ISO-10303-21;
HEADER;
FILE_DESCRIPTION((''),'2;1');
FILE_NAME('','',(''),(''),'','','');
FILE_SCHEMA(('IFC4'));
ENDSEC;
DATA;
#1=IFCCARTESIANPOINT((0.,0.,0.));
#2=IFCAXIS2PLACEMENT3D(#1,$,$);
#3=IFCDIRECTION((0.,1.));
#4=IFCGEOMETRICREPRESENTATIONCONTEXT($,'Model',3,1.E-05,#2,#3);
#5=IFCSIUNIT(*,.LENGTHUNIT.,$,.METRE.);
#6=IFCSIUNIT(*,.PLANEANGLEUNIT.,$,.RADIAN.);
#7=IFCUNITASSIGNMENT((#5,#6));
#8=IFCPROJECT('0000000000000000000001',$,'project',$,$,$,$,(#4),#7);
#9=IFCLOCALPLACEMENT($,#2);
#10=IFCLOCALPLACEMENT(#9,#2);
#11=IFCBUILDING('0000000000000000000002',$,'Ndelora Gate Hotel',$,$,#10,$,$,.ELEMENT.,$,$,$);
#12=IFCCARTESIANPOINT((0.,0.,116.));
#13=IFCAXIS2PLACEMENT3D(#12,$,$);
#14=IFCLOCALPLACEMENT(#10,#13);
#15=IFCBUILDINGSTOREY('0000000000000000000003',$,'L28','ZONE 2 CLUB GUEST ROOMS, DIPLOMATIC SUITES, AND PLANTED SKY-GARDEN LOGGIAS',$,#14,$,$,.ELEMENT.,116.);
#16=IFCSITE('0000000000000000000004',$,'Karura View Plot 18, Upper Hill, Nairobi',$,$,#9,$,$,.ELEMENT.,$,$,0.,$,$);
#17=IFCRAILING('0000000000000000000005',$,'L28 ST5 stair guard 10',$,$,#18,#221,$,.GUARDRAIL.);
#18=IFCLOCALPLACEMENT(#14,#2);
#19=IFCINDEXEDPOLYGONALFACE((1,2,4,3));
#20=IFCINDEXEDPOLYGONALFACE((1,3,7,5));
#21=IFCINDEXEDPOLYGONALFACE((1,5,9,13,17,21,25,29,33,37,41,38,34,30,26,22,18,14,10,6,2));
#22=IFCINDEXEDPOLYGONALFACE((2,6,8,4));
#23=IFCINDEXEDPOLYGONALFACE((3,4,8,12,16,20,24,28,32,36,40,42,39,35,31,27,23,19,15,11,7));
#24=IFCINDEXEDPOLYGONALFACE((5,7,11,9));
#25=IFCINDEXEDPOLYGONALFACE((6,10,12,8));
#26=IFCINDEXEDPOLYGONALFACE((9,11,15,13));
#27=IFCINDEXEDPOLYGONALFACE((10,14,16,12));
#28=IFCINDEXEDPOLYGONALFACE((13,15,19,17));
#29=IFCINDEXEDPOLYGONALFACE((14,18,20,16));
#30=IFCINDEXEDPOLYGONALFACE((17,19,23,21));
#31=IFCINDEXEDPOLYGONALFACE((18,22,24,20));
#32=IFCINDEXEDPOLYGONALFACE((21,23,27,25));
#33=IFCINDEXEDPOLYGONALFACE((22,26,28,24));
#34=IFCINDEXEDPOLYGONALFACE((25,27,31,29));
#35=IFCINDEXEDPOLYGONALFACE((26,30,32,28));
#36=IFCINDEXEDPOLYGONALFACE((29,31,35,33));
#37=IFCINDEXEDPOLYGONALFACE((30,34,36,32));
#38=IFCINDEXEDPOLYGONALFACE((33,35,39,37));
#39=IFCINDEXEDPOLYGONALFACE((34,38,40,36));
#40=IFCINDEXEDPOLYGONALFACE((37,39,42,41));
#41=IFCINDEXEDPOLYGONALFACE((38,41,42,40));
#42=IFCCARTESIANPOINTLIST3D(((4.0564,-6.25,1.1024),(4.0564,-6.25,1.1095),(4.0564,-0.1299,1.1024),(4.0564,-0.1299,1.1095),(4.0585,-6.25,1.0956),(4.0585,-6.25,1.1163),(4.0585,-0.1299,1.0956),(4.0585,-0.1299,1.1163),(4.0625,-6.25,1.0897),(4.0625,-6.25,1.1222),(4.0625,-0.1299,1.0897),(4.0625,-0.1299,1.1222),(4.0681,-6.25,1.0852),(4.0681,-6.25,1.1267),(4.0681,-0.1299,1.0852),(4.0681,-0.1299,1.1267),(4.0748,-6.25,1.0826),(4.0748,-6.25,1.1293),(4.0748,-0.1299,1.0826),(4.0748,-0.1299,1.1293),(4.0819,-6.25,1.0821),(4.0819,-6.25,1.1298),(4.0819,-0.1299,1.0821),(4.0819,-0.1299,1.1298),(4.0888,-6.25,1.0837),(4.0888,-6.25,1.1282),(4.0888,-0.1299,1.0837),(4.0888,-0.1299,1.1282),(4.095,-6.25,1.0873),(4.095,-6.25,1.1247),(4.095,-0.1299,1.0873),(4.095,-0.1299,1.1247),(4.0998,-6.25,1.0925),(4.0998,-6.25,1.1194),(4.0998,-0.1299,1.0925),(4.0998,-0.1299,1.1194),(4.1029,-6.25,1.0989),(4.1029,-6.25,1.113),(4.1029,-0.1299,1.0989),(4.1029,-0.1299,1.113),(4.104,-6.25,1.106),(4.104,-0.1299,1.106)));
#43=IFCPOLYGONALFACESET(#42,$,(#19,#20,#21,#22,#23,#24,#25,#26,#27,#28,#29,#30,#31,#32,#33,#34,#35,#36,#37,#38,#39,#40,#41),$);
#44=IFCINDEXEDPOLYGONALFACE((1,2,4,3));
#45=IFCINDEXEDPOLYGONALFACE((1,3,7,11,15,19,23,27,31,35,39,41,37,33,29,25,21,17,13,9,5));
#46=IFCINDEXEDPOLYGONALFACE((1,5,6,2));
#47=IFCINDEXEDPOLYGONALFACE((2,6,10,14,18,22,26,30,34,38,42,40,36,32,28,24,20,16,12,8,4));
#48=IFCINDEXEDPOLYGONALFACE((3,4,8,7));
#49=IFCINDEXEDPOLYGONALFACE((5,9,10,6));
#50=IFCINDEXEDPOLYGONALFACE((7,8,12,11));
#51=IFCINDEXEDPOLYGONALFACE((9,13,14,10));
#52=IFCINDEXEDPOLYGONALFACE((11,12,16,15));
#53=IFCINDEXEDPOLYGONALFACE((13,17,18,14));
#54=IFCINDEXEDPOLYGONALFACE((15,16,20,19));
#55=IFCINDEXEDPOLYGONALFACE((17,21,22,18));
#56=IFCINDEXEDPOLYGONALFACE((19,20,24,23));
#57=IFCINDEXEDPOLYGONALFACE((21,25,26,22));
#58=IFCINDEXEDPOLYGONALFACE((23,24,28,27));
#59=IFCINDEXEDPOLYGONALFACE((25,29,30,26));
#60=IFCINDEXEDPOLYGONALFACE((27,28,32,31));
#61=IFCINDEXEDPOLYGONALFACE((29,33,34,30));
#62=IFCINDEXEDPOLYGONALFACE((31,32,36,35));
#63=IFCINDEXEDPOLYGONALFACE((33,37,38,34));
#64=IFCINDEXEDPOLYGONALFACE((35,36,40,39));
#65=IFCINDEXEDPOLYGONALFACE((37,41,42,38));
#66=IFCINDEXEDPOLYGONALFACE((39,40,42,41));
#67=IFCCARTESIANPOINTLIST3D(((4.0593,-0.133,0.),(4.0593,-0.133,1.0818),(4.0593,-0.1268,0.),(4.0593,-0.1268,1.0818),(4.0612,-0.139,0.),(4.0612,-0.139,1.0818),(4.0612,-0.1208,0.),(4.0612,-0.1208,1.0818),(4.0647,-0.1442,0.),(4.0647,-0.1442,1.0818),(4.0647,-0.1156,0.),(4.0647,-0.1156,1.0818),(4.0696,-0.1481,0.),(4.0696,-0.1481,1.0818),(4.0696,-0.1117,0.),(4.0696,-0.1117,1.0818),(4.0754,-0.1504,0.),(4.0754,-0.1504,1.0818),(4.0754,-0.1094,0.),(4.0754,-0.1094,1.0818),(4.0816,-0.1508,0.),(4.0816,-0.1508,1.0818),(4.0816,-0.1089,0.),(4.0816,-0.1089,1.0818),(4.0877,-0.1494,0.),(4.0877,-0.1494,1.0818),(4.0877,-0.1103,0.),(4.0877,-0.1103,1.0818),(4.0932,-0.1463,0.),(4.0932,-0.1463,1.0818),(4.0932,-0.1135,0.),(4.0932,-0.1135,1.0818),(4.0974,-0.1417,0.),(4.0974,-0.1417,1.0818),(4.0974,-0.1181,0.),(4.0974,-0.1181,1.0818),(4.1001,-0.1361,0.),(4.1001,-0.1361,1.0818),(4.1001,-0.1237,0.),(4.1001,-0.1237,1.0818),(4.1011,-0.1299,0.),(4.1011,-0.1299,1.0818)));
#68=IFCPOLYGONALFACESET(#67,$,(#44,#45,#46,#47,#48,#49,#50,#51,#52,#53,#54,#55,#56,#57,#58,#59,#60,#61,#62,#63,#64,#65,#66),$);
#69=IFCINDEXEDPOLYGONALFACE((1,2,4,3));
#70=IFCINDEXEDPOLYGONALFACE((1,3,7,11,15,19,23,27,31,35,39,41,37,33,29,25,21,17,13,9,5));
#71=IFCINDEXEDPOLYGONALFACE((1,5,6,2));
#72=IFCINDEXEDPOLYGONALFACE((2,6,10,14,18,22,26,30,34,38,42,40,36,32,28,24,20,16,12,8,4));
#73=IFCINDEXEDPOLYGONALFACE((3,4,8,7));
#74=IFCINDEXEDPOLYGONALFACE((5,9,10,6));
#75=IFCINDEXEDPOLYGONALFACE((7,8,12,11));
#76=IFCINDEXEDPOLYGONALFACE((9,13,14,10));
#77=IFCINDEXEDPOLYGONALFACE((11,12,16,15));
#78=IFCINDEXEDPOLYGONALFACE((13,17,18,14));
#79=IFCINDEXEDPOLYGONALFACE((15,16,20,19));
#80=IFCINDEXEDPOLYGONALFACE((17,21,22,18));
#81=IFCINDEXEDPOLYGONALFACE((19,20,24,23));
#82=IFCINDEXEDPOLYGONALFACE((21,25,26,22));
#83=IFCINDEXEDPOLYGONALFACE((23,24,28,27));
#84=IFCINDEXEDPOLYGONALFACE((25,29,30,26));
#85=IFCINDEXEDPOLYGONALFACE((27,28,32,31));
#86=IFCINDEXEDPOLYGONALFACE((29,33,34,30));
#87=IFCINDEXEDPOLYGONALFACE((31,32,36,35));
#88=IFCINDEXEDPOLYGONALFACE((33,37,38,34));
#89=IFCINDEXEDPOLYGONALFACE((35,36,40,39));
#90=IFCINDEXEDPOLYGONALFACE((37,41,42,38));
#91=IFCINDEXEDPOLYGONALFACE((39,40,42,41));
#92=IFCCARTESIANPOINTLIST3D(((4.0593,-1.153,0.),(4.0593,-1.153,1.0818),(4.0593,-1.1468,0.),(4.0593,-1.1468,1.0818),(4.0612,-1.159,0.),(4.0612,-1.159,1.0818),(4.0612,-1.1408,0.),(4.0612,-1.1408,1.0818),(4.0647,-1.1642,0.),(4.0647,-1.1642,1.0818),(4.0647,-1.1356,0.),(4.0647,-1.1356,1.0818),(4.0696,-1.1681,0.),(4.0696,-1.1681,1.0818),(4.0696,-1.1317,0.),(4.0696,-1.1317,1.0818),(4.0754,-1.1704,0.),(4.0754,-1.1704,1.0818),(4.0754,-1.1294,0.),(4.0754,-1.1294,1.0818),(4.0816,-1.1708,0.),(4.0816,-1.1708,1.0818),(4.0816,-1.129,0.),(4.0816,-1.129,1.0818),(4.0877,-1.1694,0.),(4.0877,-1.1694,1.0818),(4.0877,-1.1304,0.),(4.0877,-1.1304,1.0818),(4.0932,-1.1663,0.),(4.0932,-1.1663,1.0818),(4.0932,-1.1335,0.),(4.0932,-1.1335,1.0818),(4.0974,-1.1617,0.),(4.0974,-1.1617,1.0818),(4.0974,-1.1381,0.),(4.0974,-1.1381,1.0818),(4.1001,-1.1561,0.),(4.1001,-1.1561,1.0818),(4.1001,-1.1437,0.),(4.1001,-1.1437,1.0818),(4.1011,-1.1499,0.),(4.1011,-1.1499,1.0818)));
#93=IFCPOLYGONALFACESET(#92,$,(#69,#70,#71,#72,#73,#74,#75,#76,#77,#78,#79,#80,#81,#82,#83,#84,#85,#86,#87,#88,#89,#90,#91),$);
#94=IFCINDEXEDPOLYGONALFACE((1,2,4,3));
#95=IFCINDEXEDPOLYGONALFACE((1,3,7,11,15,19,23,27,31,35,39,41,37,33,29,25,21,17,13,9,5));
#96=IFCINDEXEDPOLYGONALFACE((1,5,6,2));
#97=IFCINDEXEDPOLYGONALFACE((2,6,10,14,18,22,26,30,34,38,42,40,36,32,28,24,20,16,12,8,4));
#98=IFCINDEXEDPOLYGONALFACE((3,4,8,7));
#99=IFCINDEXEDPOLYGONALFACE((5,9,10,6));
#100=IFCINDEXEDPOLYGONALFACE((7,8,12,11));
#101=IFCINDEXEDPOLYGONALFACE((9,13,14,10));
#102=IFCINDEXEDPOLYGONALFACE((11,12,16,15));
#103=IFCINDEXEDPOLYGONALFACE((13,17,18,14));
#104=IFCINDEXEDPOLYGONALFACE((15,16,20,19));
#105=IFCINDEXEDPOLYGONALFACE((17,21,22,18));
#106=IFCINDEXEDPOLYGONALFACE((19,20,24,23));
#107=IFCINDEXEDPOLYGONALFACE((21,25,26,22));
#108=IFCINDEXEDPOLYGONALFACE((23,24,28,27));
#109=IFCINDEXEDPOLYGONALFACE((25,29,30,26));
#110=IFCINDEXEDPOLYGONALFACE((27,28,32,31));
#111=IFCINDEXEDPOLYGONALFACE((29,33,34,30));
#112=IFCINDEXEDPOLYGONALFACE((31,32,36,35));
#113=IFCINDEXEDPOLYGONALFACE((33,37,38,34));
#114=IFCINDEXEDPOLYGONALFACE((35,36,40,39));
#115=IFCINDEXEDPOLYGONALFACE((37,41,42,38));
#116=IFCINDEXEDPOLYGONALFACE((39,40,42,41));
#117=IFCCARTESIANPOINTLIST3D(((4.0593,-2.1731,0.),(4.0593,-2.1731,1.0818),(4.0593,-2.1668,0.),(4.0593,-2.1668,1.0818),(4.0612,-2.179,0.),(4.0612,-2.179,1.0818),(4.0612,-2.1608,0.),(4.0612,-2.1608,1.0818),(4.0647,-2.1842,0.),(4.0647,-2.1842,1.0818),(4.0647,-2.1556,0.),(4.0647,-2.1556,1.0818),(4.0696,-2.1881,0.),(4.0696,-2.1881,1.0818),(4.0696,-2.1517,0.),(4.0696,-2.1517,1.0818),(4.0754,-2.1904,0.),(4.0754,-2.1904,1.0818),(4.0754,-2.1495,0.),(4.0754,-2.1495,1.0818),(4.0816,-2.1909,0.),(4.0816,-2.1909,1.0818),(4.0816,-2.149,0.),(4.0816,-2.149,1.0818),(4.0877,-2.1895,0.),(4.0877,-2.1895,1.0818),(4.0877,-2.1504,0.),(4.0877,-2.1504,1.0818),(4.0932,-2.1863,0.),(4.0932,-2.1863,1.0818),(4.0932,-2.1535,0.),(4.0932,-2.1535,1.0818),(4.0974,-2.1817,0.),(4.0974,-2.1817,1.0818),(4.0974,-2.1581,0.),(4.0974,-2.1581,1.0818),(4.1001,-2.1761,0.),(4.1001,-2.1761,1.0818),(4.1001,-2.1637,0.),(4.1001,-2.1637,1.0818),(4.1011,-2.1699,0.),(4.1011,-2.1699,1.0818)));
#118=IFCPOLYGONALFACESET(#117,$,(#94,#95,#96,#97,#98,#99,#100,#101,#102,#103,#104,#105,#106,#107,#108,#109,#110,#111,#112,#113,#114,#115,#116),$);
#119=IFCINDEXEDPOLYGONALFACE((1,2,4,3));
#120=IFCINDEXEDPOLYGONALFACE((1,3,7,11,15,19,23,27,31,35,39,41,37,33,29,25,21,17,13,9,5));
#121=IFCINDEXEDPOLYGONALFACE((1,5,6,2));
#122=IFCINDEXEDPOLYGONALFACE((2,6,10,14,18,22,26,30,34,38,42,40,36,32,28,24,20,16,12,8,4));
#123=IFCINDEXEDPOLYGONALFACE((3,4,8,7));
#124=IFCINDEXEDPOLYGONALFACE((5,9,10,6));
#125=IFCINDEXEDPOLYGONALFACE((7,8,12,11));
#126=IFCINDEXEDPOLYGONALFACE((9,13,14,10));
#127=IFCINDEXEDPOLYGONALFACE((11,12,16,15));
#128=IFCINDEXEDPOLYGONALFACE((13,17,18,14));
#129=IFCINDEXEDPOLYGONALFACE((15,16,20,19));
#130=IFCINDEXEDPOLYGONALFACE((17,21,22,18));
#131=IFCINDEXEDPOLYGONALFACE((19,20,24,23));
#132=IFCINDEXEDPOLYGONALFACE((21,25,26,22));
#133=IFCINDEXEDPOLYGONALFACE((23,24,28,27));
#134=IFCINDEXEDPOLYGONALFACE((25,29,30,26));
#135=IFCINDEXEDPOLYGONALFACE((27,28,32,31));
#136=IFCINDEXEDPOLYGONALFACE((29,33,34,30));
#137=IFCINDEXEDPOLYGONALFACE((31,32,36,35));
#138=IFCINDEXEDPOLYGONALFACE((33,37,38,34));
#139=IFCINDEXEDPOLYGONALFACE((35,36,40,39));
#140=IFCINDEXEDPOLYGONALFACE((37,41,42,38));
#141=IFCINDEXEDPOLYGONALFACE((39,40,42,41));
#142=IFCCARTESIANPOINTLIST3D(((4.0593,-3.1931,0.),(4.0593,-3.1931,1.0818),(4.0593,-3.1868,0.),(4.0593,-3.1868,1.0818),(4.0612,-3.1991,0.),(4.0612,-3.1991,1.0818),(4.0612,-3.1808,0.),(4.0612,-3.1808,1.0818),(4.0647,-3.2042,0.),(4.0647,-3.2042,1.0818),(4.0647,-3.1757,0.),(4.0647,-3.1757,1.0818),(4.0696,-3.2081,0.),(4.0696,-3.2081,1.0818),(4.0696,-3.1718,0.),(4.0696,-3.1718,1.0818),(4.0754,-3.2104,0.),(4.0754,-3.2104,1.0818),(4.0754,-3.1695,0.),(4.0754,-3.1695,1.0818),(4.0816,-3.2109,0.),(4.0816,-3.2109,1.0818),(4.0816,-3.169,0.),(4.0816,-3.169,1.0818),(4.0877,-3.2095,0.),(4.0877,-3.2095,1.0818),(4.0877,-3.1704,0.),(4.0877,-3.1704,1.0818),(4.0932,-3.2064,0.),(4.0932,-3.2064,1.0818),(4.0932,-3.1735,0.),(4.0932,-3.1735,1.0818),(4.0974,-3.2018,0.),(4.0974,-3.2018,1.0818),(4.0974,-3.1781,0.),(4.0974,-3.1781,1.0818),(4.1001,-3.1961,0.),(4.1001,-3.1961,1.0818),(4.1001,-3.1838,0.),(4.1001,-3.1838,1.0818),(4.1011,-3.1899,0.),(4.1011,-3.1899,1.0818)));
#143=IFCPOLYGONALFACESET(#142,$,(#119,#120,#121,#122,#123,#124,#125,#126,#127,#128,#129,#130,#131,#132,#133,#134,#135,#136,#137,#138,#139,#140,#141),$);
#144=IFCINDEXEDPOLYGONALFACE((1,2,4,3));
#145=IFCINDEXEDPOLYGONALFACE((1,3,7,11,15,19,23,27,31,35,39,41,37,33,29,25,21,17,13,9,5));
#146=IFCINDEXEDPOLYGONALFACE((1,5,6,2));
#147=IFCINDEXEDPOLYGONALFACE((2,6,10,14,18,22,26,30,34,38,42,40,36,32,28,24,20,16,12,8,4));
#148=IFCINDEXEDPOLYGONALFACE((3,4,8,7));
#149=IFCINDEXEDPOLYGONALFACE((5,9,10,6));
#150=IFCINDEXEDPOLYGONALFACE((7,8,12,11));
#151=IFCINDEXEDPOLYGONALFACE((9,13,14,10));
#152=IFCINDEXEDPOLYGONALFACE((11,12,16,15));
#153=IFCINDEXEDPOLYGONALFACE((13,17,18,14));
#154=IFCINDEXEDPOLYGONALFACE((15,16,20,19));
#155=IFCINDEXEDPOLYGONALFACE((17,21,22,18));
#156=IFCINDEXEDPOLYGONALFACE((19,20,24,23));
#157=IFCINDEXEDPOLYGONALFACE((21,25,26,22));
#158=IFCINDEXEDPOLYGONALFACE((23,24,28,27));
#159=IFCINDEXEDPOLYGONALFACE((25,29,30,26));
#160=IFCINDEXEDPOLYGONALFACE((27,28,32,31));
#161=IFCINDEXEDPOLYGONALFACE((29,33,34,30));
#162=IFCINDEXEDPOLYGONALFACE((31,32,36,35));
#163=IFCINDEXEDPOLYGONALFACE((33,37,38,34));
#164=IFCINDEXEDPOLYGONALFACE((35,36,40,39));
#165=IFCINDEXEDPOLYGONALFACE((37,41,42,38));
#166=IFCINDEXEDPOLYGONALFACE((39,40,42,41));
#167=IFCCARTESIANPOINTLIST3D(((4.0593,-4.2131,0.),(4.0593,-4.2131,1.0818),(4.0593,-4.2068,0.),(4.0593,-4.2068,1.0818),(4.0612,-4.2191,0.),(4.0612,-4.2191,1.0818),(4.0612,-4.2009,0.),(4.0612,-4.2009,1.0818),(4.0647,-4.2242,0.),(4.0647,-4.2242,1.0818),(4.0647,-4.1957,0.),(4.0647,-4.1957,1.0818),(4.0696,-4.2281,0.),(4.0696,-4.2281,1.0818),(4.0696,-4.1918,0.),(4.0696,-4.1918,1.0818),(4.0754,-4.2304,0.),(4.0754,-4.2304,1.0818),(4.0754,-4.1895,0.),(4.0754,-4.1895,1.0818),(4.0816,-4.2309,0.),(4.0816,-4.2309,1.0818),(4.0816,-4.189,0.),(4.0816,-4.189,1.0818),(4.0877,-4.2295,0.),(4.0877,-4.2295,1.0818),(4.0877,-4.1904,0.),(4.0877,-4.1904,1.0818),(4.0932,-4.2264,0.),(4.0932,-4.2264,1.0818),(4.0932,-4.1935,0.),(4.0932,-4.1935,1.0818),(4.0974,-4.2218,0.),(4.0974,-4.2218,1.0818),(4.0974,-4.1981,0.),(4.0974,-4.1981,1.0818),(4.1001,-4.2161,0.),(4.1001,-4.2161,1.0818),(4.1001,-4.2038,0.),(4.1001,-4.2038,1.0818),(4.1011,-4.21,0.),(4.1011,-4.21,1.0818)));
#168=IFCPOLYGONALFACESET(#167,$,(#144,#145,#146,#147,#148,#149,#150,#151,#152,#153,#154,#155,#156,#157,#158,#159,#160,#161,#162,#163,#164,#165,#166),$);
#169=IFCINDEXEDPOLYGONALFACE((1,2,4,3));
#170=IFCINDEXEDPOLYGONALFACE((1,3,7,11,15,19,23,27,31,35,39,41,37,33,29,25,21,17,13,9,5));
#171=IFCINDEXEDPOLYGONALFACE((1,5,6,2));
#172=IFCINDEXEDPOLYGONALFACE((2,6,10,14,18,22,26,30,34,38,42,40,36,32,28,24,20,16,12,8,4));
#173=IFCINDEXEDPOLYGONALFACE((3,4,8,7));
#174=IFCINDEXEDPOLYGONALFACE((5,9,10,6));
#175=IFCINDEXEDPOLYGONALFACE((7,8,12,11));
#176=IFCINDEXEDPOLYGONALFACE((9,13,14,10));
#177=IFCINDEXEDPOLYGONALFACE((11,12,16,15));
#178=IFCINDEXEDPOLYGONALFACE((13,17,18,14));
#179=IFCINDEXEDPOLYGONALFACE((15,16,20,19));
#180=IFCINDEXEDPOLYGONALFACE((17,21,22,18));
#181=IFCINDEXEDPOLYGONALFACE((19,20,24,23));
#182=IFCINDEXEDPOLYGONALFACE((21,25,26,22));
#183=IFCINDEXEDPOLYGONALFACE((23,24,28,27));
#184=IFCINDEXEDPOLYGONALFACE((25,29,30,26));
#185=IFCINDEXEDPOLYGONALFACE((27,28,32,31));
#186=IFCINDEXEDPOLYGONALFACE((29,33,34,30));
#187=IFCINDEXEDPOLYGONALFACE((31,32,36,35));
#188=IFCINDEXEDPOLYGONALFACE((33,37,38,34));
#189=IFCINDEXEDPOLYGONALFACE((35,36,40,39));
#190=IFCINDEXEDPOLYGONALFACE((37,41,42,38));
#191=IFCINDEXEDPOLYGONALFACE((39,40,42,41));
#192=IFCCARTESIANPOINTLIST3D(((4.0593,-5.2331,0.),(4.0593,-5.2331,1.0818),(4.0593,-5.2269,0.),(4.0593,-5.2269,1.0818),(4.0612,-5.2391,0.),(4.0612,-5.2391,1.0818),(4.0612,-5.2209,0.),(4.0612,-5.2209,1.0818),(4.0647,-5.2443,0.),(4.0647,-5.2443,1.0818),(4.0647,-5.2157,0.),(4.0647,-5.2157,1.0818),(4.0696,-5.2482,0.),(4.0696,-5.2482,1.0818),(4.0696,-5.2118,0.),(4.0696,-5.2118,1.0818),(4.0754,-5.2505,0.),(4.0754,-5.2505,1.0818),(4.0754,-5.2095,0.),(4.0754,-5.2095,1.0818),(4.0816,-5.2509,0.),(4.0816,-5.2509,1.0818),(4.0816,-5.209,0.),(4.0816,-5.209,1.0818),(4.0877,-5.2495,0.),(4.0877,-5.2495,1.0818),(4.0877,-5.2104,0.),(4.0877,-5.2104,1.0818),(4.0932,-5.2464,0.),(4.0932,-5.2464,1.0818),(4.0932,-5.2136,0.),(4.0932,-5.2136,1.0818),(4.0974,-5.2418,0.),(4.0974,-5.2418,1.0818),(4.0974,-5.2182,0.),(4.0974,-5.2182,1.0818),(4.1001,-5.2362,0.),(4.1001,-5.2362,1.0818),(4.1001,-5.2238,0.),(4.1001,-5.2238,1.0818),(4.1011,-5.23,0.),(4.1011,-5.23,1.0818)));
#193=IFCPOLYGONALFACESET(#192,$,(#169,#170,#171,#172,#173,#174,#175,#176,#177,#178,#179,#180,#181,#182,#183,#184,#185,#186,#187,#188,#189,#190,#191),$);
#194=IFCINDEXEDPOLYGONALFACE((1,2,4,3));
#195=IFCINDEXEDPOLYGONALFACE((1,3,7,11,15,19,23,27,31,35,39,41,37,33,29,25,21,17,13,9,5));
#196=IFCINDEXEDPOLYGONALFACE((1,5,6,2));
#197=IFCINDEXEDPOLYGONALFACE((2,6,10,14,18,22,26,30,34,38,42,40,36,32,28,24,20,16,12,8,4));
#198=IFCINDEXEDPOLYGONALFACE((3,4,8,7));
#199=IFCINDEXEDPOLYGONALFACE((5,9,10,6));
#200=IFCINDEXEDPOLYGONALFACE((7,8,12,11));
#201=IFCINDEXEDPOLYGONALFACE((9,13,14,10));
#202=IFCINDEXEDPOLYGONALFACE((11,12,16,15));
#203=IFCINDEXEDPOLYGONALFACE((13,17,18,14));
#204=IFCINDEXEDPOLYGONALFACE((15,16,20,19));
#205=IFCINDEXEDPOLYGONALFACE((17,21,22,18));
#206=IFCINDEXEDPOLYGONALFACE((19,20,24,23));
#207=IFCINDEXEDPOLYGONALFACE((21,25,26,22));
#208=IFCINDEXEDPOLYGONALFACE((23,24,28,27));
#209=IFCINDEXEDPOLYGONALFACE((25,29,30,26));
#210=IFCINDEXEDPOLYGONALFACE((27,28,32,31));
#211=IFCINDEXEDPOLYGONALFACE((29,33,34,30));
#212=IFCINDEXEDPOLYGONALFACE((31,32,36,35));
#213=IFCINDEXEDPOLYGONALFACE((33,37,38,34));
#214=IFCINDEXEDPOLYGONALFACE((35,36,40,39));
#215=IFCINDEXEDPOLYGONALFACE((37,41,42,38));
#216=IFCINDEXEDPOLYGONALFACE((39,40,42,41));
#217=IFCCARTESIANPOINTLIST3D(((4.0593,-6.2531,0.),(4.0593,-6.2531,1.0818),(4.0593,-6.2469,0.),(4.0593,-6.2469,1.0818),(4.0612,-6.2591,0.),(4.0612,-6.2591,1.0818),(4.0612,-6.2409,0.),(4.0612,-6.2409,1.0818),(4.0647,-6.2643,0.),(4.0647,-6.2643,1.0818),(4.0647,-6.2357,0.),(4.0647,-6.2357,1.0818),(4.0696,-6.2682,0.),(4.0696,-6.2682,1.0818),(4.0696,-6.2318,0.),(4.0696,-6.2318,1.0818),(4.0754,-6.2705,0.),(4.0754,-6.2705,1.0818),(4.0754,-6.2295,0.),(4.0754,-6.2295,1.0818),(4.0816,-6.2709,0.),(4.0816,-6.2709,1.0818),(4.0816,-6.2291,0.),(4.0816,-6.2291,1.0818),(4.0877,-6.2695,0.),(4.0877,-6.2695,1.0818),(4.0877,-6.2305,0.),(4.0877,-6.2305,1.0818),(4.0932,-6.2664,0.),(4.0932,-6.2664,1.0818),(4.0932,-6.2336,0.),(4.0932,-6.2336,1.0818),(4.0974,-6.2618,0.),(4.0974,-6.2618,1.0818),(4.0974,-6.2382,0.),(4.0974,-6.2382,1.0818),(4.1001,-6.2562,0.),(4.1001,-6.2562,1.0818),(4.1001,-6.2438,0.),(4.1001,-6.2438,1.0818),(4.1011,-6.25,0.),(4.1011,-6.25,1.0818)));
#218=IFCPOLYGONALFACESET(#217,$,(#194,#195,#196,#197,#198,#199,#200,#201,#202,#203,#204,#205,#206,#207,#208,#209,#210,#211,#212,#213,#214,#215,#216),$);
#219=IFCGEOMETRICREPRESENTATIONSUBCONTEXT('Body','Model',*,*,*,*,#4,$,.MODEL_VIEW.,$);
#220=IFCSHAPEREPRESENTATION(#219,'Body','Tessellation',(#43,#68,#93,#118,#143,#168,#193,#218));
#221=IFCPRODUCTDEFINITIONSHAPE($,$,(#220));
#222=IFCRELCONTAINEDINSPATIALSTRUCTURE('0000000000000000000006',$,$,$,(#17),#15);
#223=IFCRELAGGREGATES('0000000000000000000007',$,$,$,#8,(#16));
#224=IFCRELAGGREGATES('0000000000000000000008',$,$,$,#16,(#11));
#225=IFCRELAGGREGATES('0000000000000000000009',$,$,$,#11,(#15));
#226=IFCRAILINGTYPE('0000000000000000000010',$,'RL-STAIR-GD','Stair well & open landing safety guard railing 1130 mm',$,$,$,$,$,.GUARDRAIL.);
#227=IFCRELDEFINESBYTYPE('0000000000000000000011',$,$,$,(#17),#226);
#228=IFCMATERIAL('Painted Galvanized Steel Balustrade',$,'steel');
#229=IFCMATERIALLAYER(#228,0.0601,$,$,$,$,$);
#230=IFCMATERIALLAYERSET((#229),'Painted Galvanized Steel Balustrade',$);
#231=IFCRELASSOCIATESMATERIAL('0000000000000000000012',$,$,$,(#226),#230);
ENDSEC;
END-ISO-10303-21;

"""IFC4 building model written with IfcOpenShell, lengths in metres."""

from ifc_helpers import new_model, si_unit, direction, frame, origin, origin_2d, place, context, subcontext, project, spatial, circle, extrude, material, layer, layer_set, type_object, element, save


model = new_model("IFC4")

# Units and contexts
model_context = context("Model", 3, precision=1e-05, world=origin(), true_north=direction((0.0, 1.0)))
body_context = subcontext(model_context, "Body", "Model", "MODEL_VIEW")
ifc_project = project(units=[si_unit("LENGTHUNIT", "METRE"), si_unit("PLANEANGLEUNIT", "RADIAN")], contexts=[model_context])

# Site, building, storey
site_placement = place(None, origin())
site = spatial("IfcSite", under=ifc_project, at=site_placement, Name="Karura View Plot 18, Upper Hill, Nairobi", CompositionType="ELEMENT", RefElevation=0.0)
building_placement = place(site_placement, origin())
building = spatial("IfcBuilding", under=site, at=building_placement, Name="Ndelora Gate Hotel", CompositionType="ELEMENT")
storey_placement = place(building_placement, frame((0.0, 0.0, 116.0)))
storey = spatial("IfcBuildingStorey", under=building, at=storey_placement, Name="L28", Description="ZONE 2 CLUB GUEST ROOMS, DIPLOMATIC SUITES, AND PLANTED SKY-GARDEN LOGGIAS", CompositionType="ELEMENT", Elevation=116.0)

# Railing
ifc_material_1 = material(Name="Painted Galvanized Steel Balustrade", Category="steel")
ifc_layer_1 = layer(ifc_material_1, 0.0601)
ifc_layer_set_1 = layer_set([ifc_layer_1], Name="Painted Galvanized Steel Balustrade")
railing_type_1 = type_object("IfcRailingType", Name="RL-STAIR-GD", Description="Stair well & open landing safety guard railing 1130 mm", PredefinedType="GUARDRAIL", material=ifc_layer_set_1)
railing_1_placement = place(storey_placement, frame((4.0801, -0.1299, 0.0)))
element("IfcRailing", 1, at=railing_1_placement, inside=storey, type_object=railing_type_1, Name="L28 ST5 stair guard 10", PredefinedType="GUARDRAIL", context=body_context, shape_type="SweptSolid", body=[
    extrude(circle(Radius=0.0239, at=origin_2d()), frame((0.0, 0.0, 1.106), z_axis=(0.0, -1.0, 0.0), x_axis=(1.0, 0.0, 0.0)), (0.0, 0.0, 1.0), 6.1201),
    extrude(circle(Radius=0.021, at=origin_2d()), origin(), (0.0, 0.0, 1.0), 1.0818),
    extrude(circle(Radius=0.021, at=origin_2d()), frame((0.0, -1.02, 0.0)), (0.0, 0.0, 1.0), 1.0818),
    extrude(circle(Radius=0.021, at=origin_2d()), frame((0.0, -2.04, 0.0)), (0.0, 0.0, 1.0), 1.0818),
    extrude(circle(Radius=0.021, at=origin_2d()), frame((0.0, -3.0601, 0.0)), (0.0, 0.0, 1.0), 1.0818),
    extrude(circle(Radius=0.021, at=origin_2d()), frame((0.0, -4.0801, 0.0)), (0.0, 0.0, 1.0), 1.0818),
    extrude(circle(Radius=0.021, at=origin_2d()), frame((0.0, -5.1001, 0.0)), (0.0, 0.0, 1.0), 1.0818),
    extrude(circle(Radius=0.021, at=origin_2d()), frame((0.0, -6.1201, 0.0)), (0.0, 0.0, 1.0), 1.0818),
])

save(model, "model.ifc")
